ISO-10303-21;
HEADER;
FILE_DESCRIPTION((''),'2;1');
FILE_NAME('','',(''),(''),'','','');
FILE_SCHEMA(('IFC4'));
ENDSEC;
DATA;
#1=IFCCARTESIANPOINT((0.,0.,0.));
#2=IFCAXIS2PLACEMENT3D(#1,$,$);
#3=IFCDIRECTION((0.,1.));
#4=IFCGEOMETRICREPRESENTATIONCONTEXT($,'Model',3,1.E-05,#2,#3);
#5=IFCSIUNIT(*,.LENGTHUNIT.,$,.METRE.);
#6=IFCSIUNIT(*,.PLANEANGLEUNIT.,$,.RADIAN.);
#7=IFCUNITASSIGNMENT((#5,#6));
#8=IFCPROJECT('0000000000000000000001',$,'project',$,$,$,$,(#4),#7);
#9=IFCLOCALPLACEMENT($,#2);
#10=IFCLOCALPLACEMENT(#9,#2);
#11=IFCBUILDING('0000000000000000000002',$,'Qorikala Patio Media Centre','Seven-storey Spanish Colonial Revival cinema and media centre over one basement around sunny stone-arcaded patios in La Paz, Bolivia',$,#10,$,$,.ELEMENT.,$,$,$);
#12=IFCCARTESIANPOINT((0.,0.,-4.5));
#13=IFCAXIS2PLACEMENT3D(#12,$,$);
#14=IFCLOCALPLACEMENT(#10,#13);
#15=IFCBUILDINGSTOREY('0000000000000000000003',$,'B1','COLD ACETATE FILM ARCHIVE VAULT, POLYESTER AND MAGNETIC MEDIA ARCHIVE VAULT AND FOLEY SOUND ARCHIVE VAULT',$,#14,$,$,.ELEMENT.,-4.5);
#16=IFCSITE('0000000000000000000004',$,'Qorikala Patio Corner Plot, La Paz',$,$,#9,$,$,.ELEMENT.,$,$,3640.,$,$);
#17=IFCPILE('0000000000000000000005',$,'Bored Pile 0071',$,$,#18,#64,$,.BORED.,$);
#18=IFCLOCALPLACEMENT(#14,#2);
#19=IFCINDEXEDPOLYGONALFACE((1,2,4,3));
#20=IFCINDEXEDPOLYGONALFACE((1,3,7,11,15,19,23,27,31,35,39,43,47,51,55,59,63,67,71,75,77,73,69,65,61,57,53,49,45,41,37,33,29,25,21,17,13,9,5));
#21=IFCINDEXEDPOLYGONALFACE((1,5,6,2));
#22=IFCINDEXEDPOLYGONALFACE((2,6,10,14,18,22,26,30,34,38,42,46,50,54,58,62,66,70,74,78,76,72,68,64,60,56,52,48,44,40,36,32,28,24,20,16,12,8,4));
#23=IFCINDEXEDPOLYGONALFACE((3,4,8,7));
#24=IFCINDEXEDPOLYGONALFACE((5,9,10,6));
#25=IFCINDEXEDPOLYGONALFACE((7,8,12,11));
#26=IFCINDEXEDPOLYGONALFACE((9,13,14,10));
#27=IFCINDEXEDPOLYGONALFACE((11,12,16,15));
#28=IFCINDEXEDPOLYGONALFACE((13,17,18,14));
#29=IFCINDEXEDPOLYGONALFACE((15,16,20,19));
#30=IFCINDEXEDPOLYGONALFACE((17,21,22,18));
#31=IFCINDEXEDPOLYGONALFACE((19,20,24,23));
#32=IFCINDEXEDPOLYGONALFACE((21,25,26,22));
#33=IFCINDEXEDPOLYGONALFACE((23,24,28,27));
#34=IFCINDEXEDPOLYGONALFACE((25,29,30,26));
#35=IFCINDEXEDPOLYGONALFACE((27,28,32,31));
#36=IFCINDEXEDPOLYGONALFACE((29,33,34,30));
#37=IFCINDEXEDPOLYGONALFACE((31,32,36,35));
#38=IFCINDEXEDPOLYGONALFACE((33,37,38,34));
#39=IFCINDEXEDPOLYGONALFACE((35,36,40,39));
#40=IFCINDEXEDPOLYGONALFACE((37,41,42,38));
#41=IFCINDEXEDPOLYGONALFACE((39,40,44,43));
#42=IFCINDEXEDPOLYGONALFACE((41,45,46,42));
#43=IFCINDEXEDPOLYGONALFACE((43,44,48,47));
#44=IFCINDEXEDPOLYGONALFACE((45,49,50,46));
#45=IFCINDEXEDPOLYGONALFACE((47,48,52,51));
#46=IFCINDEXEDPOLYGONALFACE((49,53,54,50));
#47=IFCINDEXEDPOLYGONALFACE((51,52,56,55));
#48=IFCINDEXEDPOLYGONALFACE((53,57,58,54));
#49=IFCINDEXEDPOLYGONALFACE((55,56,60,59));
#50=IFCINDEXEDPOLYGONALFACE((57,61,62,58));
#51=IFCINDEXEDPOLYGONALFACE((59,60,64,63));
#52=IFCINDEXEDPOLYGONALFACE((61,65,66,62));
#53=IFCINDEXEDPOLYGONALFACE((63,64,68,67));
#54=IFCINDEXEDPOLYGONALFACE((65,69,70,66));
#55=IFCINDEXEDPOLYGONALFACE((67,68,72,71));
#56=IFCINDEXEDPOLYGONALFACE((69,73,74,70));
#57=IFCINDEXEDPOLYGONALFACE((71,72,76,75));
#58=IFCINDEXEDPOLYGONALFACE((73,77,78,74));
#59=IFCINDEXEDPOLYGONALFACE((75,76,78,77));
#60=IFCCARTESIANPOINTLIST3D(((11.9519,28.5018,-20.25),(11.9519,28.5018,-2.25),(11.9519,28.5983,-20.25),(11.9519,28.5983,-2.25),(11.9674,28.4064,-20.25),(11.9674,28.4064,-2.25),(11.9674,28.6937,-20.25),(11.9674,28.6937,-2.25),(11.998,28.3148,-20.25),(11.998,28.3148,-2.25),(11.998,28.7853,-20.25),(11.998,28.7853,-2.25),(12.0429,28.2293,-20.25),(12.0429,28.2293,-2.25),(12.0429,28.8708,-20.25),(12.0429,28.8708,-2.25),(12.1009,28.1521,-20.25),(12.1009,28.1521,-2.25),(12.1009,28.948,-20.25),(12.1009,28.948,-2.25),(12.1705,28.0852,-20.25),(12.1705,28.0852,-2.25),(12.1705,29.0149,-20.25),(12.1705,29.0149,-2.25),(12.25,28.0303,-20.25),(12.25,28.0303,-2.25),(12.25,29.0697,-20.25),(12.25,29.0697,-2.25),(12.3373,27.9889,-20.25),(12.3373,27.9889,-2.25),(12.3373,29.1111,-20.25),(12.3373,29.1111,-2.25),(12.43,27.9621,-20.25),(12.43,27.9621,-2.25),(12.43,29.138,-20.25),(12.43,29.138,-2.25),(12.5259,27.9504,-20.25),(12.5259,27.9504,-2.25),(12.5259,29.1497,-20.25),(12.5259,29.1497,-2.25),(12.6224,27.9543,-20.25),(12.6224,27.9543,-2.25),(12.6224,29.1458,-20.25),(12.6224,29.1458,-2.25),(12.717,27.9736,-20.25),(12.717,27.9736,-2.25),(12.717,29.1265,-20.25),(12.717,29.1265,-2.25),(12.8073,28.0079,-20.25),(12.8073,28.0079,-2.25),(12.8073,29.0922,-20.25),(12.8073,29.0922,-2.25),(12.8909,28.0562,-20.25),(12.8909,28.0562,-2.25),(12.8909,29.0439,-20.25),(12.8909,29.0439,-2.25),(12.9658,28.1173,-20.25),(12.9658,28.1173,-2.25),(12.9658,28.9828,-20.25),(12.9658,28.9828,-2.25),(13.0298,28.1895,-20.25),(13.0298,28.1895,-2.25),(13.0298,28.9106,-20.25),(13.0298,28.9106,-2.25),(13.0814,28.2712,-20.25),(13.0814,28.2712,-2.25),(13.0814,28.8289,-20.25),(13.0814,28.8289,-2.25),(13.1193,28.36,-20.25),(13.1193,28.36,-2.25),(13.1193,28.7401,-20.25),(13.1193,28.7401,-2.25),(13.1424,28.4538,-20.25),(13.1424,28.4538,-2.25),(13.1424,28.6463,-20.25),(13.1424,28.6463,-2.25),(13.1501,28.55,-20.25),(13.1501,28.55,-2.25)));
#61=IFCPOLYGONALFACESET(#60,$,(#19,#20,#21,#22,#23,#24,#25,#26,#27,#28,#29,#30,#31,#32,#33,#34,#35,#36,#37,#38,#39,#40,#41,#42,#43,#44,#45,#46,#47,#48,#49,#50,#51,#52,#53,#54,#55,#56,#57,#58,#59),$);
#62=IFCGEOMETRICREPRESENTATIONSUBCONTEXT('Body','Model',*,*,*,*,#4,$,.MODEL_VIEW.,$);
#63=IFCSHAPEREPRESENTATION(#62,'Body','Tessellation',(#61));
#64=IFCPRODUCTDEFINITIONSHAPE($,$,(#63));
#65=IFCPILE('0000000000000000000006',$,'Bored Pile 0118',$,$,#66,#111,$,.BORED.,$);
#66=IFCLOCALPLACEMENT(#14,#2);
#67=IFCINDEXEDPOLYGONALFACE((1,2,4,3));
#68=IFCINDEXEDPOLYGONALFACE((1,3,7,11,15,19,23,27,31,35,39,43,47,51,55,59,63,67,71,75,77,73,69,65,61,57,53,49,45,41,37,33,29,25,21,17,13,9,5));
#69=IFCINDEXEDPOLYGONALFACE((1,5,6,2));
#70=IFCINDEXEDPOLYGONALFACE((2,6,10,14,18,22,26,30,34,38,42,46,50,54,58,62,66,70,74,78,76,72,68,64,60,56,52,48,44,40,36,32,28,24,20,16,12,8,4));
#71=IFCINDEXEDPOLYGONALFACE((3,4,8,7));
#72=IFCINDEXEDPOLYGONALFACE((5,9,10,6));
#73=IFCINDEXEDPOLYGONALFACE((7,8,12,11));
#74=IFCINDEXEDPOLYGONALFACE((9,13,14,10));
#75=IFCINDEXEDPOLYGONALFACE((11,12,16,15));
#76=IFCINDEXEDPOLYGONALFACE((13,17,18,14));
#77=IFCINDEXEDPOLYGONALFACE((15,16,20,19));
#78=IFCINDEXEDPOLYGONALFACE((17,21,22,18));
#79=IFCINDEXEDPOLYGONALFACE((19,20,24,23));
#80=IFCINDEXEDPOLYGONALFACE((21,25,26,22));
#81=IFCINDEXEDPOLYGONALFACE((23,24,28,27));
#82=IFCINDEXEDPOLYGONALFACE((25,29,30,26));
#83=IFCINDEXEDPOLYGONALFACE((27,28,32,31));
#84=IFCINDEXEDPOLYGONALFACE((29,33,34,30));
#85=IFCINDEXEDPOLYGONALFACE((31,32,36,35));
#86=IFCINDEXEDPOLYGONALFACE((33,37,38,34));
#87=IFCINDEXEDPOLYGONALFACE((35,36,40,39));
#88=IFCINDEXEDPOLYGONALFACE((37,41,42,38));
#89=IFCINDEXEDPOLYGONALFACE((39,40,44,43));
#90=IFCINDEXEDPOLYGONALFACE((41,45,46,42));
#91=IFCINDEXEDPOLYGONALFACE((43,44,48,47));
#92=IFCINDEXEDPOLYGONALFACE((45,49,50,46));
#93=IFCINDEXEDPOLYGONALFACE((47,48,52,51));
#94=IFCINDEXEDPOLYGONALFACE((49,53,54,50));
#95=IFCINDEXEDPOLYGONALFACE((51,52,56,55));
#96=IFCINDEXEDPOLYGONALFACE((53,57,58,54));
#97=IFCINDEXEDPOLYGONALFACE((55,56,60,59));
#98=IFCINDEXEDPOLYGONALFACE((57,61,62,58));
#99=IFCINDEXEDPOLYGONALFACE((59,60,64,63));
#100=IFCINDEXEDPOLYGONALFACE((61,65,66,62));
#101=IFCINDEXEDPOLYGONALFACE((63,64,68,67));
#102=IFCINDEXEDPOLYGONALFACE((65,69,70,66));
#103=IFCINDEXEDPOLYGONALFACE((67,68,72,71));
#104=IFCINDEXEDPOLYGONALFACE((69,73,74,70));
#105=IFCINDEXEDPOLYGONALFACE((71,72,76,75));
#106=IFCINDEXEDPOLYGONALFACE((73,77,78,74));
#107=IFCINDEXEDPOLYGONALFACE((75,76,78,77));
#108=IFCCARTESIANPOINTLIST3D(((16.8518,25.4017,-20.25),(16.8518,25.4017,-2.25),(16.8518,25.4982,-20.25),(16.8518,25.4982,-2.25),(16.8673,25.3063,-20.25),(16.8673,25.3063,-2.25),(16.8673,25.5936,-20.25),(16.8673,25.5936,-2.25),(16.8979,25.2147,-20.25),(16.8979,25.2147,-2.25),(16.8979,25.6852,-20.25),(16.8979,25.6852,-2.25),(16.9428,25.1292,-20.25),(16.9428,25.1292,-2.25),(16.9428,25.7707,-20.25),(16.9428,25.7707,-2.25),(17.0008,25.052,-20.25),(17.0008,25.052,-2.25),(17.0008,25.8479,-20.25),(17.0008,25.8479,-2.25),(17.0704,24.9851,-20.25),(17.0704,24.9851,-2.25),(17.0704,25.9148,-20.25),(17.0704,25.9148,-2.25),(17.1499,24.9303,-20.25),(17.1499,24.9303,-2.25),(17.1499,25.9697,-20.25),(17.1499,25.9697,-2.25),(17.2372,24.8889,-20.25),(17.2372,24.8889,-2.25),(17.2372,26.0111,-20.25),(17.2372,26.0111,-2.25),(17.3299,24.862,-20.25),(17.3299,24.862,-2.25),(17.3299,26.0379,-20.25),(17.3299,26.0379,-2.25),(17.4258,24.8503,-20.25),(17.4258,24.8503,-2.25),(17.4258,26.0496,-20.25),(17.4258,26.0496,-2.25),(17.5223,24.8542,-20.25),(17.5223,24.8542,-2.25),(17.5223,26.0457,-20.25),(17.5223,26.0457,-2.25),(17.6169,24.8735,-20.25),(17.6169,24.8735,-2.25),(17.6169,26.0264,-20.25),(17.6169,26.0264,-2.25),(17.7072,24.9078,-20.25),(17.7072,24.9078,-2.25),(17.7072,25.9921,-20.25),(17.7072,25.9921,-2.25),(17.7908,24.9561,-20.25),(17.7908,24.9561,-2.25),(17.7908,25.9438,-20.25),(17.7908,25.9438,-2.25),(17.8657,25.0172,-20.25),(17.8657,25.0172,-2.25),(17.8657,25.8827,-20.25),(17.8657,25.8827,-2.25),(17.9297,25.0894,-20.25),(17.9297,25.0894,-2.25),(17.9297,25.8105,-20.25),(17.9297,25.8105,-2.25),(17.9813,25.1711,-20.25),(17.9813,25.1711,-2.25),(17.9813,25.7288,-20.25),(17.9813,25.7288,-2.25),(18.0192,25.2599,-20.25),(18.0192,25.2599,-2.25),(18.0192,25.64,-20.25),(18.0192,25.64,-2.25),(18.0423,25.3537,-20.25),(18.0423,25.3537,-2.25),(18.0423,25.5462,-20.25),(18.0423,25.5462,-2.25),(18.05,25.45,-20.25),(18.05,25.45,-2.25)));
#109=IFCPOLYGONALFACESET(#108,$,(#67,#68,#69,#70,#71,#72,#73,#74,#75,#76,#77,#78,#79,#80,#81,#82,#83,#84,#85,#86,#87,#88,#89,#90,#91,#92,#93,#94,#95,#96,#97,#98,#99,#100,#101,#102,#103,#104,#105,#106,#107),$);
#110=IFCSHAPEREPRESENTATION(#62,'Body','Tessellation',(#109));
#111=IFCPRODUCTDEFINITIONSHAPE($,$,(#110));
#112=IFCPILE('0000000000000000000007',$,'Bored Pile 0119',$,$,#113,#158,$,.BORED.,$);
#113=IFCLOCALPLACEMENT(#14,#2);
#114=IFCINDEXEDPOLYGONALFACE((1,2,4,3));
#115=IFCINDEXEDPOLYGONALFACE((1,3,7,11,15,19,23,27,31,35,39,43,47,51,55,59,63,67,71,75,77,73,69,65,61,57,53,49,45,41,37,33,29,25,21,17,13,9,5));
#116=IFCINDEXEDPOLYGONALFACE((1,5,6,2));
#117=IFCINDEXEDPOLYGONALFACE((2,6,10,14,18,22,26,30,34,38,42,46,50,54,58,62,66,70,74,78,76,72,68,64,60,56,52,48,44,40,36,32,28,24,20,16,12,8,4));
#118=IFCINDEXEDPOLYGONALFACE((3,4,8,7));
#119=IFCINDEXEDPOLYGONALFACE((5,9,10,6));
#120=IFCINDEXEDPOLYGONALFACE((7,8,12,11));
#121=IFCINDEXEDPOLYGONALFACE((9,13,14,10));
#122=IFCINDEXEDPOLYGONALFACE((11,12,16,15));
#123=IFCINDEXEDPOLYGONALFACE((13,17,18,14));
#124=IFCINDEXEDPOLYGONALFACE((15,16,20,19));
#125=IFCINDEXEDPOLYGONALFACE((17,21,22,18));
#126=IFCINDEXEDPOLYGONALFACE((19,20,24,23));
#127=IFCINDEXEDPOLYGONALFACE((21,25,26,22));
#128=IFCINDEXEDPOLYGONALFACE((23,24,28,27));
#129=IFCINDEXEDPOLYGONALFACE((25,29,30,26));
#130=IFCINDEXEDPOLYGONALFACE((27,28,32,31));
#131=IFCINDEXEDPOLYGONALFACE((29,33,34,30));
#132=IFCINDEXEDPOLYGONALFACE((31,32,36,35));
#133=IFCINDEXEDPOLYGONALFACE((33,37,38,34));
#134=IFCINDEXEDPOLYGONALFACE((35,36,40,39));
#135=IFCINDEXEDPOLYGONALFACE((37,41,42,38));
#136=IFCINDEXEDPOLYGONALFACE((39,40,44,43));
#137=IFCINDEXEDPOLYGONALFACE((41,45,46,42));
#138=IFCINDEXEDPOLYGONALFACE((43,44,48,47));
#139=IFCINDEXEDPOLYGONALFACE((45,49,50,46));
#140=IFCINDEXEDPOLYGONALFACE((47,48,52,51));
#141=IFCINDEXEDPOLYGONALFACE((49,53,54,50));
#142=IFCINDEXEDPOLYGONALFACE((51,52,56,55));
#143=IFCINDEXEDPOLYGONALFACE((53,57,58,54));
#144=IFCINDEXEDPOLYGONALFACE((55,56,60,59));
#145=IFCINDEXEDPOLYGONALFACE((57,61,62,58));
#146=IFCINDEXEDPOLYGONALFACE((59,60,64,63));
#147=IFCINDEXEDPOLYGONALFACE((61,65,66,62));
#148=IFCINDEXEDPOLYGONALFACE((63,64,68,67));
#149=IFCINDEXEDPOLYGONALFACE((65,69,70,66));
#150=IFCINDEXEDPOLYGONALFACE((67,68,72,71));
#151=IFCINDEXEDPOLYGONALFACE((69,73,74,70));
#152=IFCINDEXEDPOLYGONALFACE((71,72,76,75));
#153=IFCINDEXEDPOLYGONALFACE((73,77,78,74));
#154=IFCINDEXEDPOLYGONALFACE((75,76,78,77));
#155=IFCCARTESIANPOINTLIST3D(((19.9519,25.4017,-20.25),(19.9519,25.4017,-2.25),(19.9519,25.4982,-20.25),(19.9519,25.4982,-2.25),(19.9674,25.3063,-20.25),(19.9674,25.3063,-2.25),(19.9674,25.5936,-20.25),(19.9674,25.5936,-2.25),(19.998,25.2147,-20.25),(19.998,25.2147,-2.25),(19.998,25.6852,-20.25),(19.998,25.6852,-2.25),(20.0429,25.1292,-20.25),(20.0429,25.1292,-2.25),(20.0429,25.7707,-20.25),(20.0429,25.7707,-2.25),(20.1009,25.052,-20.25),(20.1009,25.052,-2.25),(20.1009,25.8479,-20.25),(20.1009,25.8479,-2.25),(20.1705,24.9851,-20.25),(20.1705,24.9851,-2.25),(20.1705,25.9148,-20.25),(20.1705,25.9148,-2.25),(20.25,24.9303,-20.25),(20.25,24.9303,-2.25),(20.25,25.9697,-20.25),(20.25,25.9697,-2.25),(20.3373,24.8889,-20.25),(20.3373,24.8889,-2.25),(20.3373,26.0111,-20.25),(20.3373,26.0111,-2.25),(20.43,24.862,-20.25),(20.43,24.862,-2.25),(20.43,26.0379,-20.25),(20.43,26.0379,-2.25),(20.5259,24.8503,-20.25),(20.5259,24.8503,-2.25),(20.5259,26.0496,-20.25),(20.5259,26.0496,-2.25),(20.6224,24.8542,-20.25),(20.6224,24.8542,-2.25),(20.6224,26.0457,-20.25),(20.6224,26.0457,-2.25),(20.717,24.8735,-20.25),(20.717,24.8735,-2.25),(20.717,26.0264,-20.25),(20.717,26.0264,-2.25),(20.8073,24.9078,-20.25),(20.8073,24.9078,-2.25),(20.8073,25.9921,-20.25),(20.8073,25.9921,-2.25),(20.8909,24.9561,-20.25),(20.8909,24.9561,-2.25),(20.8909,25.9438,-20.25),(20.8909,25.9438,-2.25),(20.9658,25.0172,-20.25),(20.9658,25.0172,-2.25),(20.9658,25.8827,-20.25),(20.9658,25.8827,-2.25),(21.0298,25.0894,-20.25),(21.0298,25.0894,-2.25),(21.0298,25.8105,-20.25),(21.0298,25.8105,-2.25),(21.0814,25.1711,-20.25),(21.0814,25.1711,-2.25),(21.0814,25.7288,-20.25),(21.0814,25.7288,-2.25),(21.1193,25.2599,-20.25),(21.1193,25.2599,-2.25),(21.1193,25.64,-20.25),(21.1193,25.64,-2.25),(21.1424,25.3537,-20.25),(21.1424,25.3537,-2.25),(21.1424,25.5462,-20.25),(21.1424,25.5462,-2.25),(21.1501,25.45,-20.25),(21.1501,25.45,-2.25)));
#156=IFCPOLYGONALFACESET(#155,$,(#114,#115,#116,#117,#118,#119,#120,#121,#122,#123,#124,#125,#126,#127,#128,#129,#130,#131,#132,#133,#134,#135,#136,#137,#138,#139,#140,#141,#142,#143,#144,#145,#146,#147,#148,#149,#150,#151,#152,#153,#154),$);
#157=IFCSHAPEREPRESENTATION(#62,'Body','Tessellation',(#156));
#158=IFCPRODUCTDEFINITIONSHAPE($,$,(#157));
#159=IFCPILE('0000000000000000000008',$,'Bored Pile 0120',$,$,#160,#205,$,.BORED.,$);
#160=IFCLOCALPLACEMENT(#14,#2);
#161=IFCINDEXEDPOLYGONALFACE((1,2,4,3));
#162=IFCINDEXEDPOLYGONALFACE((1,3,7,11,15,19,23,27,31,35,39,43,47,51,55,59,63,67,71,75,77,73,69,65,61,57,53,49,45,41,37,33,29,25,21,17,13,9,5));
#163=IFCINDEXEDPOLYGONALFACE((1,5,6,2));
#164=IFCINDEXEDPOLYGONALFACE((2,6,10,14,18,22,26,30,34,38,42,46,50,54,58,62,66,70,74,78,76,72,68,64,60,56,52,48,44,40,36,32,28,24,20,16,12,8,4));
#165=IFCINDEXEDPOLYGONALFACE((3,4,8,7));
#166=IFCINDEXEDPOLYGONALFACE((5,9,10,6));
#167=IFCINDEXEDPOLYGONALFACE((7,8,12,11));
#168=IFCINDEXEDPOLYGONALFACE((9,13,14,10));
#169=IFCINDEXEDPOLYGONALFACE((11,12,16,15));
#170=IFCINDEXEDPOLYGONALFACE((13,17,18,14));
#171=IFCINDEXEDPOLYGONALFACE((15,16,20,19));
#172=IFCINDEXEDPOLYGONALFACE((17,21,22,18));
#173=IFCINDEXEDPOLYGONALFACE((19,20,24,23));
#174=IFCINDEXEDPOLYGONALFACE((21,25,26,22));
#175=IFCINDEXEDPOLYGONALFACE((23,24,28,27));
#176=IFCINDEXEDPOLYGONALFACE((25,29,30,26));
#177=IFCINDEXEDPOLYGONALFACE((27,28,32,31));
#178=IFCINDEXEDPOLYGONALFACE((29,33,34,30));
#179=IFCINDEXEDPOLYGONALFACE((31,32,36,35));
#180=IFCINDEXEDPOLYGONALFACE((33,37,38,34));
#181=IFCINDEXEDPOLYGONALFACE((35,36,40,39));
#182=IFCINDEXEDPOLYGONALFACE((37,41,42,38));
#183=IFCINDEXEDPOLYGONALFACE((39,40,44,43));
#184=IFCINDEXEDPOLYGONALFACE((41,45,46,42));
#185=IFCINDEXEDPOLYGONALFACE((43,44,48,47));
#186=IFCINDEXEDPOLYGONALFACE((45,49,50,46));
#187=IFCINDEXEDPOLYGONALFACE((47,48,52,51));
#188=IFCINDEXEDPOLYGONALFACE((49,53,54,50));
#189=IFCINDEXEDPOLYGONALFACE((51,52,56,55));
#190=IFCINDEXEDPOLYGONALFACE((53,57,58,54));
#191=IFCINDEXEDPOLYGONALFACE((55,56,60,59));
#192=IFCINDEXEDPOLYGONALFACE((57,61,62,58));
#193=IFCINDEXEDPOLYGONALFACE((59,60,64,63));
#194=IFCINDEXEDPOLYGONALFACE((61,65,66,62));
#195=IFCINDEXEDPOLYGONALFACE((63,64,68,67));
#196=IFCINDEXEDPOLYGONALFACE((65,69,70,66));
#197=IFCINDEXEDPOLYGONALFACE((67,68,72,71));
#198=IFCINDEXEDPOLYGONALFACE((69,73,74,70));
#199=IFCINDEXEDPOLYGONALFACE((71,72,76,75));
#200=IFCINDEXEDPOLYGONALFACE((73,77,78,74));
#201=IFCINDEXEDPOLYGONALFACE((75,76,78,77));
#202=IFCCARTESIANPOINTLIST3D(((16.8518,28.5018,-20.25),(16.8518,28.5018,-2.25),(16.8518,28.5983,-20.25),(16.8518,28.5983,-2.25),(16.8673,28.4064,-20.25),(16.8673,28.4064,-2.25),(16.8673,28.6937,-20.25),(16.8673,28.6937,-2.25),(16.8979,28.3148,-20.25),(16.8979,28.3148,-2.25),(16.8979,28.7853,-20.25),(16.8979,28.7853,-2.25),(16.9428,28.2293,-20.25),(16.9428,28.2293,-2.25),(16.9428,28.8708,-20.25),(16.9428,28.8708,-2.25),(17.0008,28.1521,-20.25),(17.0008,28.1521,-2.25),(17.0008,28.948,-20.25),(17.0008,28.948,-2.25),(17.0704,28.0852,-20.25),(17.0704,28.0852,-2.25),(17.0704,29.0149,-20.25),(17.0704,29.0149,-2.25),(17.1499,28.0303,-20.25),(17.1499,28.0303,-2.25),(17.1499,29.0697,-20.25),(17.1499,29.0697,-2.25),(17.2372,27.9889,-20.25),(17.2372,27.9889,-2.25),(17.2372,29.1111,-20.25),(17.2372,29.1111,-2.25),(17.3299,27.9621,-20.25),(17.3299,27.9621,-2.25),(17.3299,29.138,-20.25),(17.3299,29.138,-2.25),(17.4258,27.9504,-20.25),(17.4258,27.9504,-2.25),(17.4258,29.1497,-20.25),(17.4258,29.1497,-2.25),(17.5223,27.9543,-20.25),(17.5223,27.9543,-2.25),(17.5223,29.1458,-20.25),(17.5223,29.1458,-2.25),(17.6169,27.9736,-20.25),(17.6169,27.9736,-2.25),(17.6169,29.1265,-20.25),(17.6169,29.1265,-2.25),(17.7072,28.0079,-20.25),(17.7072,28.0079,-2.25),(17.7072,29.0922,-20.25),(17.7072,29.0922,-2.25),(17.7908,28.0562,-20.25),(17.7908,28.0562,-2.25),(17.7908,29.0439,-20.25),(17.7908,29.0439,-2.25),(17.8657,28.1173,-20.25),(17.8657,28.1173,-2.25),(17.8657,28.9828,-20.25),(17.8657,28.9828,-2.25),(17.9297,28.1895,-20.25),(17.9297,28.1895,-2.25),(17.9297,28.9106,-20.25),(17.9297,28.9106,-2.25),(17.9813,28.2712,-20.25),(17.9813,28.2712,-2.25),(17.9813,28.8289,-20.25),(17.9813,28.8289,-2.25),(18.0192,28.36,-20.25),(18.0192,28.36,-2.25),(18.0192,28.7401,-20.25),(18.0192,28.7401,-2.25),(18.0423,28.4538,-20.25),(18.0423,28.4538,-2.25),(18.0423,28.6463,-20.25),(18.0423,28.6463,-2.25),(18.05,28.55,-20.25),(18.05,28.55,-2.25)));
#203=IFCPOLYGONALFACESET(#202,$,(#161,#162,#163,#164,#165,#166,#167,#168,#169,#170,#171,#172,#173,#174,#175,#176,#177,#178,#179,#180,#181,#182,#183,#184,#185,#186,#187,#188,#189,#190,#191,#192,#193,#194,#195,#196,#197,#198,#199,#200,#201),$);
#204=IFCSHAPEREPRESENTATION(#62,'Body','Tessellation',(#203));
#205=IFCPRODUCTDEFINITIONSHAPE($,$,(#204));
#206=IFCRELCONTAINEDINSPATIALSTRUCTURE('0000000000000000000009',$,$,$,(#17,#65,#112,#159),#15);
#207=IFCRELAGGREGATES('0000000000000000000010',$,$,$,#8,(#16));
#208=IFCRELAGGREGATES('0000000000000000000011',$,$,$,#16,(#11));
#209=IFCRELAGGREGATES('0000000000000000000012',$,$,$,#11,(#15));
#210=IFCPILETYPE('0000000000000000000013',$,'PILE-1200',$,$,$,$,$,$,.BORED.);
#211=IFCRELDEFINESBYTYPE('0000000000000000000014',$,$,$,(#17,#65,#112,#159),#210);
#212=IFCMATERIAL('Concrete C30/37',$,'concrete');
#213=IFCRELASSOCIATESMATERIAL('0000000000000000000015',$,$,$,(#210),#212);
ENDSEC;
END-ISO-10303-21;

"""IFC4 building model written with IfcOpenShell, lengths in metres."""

from ifc_helpers import new_model, si_unit, direction, frame, origin, origin_2d, place, context, subcontext, project, spatial, circle, extrude, material, material_profile, profile_set, type_object, element, save


model = new_model("IFC4")

# Units and contexts
model_context = context("Model", 3, precision=1e-05, world=origin(), true_north=direction((0.0, 1.0)))
body_context = subcontext(model_context, "Body", "Model", "MODEL_VIEW")
ifc_project = project(units=[si_unit("LENGTHUNIT", "METRE"), si_unit("PLANEANGLEUNIT", "RADIAN")], contexts=[model_context])

# Site, building, storey
site_placement = place(None, origin())
site = spatial("IfcSite", under=ifc_project, at=site_placement, Name="Qorikala Patio Corner Plot, La Paz", CompositionType="ELEMENT", RefElevation=3640.0)
building_placement = place(site_placement, origin())
building = spatial("IfcBuilding", under=site, at=building_placement, Name="Qorikala Patio Media Centre", Description="Seven-storey Spanish Colonial Revival cinema and media centre over one basement around sunny stone-arcaded patios in La Paz, Bolivia", CompositionType="ELEMENT")
storey_placement = place(building_placement, frame((0.0, 0.0, -4.5)))
storey = spatial("IfcBuildingStorey", under=building, at=storey_placement, Name="B1", Description="COLD ACETATE FILM ARCHIVE VAULT, POLYESTER AND MAGNETIC MEDIA ARCHIVE VAULT AND FOLEY SOUND ARCHIVE VAULT", CompositionType="ELEMENT", Elevation=-4.5)

# Shared definitions
ifc_material_1 = material(Name="Concrete C30/37", Category="concrete")

# Piles
ifc_material_profile_1 = material_profile(ifc_material_1, circle(Radius=0.6001, at=origin_2d()), Name="BORED PILE 1200")
ifc_profile_set_1 = profile_set([ifc_material_profile_1], Name="Concrete C30/37")
pile_type_1 = type_object("IfcPileType", Name="PILE-1200", PredefinedType="BORED", material=ifc_profile_set_1)
for number, where, z_axis, x_axis, name in (
    (1, (12.55, 28.55, -2.25), (0.0, 0.0, -1.0), (1.0, 0.0, 0.0), "Bored Pile 0071"),
    (2, (17.45, 25.45, -2.25), (0.0, 0.0, -1.0), (1.0, 0.0, 0.0), "Bored Pile 0118"),
    (3, (20.55, 25.45, -2.25), (0.0, 0.0, -1.0), (1.0, 0.0, 0.0), "Bored Pile 0119"),
    (4, (17.45, 28.55, -2.25), (0.0, 0.0, -1.0), (1.0, 0.0, 0.0), "Bored Pile 0120"),
):
    element("IfcPile", number, at=place(storey_placement, frame(where, z_axis=z_axis, x_axis=x_axis)), inside=storey, type_object=pile_type_1, Name=name, PredefinedType="BORED", context=body_context, shape_type="SweptSolid", body=[
        extrude(circle(Radius=0.6001, at=origin_2d()), origin(), (0.0, 0.0, 1.0), 18.0),
    ])

save(model, "model.ifc")
